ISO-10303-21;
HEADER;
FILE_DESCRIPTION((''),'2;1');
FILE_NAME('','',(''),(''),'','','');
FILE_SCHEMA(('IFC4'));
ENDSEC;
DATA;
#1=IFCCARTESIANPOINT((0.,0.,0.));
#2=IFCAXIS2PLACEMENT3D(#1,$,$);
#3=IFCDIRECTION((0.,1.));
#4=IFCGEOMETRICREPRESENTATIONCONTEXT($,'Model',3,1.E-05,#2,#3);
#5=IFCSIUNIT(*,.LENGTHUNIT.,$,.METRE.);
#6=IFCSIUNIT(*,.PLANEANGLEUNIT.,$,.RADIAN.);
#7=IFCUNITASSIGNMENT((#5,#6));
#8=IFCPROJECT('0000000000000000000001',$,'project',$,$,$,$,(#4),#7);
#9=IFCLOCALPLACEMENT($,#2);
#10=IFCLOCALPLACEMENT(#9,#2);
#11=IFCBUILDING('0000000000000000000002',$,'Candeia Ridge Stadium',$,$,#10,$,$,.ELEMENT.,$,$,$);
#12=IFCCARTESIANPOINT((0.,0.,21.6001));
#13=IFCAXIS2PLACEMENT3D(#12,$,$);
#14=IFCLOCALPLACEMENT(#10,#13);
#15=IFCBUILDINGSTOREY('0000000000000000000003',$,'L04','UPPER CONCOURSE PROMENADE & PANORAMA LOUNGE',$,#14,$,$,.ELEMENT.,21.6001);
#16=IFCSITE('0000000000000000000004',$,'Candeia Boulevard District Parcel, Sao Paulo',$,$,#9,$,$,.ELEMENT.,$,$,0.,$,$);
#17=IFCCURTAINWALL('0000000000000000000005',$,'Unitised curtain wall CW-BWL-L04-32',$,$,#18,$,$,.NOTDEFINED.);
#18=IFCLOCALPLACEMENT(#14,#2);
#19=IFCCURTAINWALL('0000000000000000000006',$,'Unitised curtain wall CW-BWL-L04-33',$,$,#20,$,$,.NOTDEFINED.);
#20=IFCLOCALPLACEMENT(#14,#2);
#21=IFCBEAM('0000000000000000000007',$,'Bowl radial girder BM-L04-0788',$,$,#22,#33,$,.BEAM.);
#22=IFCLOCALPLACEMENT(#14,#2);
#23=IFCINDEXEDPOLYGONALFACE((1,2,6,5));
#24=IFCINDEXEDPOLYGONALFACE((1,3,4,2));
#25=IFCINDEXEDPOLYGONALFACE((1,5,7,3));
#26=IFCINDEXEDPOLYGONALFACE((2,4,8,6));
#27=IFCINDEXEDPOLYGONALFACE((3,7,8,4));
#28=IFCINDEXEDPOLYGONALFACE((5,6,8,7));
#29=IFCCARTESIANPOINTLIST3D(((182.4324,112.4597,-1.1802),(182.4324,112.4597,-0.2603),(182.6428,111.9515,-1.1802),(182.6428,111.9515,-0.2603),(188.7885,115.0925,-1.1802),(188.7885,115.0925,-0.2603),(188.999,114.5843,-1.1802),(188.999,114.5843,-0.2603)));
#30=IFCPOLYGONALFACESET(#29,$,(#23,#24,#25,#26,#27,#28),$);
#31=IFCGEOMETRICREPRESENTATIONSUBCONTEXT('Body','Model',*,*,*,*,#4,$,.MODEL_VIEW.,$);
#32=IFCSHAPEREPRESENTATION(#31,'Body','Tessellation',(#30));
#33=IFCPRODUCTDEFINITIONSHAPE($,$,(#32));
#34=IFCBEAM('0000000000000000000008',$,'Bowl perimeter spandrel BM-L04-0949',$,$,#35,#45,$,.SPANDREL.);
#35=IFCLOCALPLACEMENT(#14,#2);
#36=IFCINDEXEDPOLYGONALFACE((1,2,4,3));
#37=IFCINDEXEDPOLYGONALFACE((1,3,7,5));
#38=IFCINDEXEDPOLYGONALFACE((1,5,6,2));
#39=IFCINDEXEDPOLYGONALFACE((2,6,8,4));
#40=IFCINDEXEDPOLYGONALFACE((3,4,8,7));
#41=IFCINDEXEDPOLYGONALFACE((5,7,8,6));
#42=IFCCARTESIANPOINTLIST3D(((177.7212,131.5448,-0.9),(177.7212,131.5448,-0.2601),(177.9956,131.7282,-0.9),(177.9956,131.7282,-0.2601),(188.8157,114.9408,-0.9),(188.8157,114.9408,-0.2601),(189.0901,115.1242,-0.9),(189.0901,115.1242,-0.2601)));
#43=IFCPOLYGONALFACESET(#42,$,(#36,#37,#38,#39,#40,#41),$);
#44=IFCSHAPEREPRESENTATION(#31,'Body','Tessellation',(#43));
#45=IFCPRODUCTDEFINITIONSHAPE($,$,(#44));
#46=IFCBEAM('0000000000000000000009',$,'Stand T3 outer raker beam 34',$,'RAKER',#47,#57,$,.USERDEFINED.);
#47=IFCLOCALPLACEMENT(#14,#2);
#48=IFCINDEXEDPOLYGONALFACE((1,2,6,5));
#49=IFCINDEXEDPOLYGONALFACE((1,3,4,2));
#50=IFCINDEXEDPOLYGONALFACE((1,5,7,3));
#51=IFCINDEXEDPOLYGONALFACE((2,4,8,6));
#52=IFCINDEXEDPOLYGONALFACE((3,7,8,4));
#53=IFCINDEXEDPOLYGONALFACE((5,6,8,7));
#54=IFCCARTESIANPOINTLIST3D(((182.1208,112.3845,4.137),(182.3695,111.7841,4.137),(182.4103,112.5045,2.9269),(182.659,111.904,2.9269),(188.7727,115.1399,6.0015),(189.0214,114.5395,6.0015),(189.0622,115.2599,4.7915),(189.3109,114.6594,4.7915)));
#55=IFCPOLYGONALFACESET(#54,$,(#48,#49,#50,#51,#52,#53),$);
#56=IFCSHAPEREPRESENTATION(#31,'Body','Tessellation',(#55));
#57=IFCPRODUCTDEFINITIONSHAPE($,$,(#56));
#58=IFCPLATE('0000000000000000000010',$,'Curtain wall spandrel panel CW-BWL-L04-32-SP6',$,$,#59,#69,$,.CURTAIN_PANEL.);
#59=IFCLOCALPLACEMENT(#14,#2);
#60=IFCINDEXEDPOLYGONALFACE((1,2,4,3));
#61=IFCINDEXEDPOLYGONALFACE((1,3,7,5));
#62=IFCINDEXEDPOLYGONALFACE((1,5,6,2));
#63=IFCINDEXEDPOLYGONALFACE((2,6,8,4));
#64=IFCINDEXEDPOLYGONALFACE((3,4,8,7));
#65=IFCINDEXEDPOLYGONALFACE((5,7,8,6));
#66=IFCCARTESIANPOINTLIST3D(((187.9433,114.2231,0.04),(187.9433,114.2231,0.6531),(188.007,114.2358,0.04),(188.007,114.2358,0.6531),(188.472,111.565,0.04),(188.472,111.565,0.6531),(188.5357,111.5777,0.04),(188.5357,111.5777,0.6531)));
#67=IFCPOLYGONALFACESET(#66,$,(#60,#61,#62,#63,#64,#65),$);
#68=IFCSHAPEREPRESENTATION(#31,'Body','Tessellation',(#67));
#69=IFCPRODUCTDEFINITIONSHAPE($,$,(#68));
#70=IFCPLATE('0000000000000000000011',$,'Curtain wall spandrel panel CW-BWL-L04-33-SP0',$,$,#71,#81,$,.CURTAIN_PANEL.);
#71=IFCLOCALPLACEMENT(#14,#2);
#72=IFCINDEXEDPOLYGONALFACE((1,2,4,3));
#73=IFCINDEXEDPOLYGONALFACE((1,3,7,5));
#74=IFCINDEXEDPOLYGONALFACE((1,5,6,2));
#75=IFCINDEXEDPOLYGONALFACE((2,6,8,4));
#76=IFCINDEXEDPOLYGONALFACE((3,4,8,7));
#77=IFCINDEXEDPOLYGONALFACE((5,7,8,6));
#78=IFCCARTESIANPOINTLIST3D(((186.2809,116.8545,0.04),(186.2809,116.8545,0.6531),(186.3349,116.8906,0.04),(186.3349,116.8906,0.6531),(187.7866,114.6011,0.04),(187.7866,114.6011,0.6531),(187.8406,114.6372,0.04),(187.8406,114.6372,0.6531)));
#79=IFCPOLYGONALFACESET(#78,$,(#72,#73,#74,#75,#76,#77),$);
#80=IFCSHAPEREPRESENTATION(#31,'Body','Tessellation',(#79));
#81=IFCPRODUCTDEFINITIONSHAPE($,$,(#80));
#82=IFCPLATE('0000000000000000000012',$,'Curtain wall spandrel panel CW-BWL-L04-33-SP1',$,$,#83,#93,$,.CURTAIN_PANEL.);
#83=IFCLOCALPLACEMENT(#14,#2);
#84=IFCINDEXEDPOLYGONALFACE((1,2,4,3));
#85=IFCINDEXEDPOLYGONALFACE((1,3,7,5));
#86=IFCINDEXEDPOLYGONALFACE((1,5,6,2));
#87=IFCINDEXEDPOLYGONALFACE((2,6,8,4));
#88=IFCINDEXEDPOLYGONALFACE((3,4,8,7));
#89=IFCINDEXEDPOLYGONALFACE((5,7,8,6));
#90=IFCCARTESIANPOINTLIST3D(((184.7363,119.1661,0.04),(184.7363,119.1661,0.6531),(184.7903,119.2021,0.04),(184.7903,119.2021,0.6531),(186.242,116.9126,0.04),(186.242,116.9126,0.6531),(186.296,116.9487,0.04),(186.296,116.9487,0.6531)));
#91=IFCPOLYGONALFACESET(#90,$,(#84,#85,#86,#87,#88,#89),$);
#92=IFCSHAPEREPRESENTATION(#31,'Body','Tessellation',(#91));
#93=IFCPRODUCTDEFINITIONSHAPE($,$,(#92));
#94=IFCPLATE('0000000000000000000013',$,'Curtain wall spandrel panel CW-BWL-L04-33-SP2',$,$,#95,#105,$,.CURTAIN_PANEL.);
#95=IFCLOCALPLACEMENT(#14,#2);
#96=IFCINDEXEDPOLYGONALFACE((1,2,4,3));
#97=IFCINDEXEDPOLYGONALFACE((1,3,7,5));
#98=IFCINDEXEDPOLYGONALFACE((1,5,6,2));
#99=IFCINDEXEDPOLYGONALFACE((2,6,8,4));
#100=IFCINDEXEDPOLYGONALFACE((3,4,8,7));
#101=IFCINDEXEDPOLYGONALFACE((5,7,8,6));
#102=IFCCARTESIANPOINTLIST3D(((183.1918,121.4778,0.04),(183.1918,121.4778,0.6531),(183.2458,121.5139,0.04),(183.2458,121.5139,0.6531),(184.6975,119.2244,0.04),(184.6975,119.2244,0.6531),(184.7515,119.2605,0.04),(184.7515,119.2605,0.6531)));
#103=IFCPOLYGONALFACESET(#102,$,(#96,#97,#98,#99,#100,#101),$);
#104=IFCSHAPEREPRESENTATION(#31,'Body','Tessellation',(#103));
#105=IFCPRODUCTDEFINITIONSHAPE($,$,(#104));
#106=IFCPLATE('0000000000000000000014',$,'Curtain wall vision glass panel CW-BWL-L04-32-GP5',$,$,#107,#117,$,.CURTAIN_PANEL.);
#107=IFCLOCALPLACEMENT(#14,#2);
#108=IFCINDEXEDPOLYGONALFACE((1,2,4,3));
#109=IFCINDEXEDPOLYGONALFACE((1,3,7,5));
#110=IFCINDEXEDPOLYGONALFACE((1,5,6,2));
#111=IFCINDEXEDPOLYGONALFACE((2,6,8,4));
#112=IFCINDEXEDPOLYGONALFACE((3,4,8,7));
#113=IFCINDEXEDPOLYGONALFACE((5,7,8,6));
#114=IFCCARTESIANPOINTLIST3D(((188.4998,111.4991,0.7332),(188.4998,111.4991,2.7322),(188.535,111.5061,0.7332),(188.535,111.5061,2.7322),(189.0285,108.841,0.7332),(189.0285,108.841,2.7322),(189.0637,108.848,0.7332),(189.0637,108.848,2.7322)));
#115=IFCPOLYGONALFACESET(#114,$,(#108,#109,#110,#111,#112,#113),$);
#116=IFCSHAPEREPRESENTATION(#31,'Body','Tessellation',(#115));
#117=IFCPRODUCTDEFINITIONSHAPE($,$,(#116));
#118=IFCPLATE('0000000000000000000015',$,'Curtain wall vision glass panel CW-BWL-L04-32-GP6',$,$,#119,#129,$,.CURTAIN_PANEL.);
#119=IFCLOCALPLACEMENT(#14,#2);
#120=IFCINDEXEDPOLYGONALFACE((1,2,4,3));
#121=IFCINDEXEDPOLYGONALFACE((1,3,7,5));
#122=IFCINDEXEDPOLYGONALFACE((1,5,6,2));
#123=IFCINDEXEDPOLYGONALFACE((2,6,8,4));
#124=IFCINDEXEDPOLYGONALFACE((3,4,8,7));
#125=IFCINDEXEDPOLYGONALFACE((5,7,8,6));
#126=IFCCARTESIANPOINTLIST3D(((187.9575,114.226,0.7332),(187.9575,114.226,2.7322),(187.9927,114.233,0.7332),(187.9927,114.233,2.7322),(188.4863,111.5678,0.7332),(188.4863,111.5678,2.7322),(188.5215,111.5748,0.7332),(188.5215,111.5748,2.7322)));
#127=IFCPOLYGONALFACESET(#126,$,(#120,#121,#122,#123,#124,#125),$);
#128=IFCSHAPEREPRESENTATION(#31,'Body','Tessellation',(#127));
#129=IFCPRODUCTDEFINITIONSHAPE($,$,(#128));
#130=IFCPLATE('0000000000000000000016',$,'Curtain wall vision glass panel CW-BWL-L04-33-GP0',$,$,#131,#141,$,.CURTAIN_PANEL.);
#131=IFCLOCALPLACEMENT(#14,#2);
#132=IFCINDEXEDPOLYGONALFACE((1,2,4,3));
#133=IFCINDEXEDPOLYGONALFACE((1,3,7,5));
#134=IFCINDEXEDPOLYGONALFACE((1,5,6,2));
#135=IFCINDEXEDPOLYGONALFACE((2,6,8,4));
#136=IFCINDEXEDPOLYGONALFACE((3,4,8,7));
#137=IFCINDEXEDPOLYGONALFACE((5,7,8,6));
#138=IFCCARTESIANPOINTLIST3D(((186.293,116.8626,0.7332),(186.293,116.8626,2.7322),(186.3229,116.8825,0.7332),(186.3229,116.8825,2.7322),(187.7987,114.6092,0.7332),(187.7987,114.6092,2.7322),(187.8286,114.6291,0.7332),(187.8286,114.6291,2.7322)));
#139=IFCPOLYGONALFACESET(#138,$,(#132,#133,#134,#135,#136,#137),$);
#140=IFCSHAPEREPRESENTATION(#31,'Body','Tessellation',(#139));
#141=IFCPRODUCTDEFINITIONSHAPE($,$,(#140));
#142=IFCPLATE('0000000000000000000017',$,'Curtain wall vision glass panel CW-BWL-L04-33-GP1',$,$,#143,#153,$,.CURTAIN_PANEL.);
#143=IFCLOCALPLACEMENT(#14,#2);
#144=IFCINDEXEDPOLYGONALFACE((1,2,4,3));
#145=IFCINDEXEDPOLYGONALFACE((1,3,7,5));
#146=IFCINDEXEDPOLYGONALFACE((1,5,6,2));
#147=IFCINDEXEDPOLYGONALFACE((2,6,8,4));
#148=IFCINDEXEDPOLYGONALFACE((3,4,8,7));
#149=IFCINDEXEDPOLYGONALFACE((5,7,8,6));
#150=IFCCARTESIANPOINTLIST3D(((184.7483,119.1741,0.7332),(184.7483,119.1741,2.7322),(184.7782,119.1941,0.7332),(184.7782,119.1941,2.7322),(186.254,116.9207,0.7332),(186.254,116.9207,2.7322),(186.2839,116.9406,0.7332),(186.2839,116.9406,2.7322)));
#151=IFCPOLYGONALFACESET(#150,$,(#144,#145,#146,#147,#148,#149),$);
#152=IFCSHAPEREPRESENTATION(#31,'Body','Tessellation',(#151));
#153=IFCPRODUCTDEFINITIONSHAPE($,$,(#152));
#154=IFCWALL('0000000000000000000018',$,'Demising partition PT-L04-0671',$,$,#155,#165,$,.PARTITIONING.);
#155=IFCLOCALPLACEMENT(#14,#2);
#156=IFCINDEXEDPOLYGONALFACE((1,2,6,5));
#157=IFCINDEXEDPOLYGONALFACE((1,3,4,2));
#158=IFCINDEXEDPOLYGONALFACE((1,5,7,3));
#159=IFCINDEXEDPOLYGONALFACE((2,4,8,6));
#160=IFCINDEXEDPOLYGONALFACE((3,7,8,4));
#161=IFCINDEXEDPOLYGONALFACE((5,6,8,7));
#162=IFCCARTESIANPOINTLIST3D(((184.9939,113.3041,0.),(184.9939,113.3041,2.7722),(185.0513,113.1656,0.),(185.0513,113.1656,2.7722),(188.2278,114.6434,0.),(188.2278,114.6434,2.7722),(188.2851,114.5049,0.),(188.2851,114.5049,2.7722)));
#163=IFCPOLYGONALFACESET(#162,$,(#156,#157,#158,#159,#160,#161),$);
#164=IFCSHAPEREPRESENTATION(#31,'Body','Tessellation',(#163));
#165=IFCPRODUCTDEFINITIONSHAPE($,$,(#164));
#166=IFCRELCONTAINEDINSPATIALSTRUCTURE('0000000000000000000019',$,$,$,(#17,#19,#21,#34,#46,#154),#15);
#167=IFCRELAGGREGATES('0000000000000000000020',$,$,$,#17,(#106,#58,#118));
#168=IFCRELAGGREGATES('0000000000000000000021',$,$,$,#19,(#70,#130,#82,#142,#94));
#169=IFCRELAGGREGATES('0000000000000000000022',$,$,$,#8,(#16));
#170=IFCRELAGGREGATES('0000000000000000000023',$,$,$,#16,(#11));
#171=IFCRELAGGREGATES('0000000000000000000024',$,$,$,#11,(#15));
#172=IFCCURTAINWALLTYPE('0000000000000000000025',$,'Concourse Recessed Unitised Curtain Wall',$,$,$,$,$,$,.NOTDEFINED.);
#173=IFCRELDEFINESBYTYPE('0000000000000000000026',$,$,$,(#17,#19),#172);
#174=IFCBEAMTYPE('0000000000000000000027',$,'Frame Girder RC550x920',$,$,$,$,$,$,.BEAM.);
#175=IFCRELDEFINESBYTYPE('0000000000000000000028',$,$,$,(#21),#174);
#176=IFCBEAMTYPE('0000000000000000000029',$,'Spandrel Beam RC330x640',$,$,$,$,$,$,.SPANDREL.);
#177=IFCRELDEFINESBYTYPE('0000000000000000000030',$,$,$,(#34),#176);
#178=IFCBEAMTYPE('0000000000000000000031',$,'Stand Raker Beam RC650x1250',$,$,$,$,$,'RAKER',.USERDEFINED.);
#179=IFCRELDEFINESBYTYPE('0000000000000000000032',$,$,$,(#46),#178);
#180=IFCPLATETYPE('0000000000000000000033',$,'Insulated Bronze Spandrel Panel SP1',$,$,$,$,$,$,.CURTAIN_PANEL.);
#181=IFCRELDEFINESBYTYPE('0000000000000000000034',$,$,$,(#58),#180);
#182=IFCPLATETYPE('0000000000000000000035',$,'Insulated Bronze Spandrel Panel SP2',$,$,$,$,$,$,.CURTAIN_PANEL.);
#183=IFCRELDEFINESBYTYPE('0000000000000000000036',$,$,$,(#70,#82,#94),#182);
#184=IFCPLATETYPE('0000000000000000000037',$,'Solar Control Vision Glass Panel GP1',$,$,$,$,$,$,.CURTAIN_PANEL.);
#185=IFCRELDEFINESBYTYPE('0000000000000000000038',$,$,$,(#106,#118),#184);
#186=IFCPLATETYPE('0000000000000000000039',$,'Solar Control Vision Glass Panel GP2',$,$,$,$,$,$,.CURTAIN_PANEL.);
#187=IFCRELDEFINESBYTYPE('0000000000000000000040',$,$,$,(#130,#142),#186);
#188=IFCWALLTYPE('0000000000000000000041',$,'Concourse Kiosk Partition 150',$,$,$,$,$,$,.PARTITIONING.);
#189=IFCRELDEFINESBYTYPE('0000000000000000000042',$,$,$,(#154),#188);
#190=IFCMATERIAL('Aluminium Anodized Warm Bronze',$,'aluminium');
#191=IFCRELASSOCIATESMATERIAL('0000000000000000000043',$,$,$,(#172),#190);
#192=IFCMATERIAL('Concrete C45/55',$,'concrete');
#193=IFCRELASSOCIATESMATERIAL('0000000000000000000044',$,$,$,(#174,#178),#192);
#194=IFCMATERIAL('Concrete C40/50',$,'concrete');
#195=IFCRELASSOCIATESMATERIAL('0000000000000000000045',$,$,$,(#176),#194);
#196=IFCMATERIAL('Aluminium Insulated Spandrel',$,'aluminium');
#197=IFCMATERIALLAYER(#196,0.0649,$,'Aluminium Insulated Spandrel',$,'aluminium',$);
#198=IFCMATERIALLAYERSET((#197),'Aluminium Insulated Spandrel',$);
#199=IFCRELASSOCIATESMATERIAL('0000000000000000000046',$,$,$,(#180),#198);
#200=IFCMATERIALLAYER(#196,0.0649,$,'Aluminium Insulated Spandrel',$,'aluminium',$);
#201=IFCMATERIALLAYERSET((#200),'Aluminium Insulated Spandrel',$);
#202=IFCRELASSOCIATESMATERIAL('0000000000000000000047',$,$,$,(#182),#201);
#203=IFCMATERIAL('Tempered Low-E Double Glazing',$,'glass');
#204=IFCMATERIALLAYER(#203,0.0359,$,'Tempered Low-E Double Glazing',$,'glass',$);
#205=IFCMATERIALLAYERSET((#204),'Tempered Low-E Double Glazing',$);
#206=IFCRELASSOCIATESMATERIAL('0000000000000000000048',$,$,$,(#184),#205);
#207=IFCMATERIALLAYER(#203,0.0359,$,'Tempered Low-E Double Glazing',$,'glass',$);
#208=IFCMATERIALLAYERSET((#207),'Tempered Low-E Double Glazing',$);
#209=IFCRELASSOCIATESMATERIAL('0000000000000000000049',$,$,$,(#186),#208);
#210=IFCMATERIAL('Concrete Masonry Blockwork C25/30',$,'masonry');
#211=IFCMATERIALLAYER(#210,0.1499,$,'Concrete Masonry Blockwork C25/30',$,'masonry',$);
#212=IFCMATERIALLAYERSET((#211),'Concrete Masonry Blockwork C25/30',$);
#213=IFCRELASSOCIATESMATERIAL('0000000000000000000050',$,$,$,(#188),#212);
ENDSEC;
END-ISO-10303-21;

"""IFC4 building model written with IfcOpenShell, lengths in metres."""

from ifc_helpers import new_model, si_unit, direction, frame, frame_2d, origin, origin_2d, place, context, subcontext, project, spatial, rectangle, extrude, material, layer, layer_set, material_profile, profile_set, type_object, element, aggregate, save


model = new_model("IFC4")

# Units and contexts
model_context = context("Model", 3, precision=1e-05, world=origin(), true_north=direction((0.0, 1.0)))
body_context = subcontext(model_context, "Body", "Model", "MODEL_VIEW")
ifc_project = project(units=[si_unit("LENGTHUNIT", "METRE"), si_unit("PLANEANGLEUNIT", "RADIAN")], contexts=[model_context])

# Site, building, storey
site_placement = place(None, origin())
site = spatial("IfcSite", under=ifc_project, at=site_placement, Name="Candeia Boulevard District Parcel, Sao Paulo", CompositionType="ELEMENT", RefElevation=0.0)
building_placement = place(site_placement, origin())
building = spatial("IfcBuilding", under=site, at=building_placement, Name="Candeia Ridge Stadium", CompositionType="ELEMENT")
storey_placement = place(building_placement, frame((0.0, 0.0, 21.6001)))
storey = spatial("IfcBuildingStorey", under=building, at=storey_placement, Name="L04", Description="UPPER CONCOURSE PROMENADE & PANORAMA LOUNGE", CompositionType="ELEMENT", Elevation=21.6001)

# Shared definitions
ifc_material_1 = material(Name="Concrete C45/55", Category="concrete")

# Curtain walls
ifc_material_2 = material(Name="Aluminium Anodized Warm Bronze", Category="aluminium")
curtain_wall_type = type_object("IfcCurtainWallType", Name="Concourse Recessed Unitised Curtain Wall", PredefinedType="NOTDEFINED", material=ifc_material_2)
curtain_wall_1_placement = place(storey_placement, origin())
curtain_wall_1 = element("IfcCurtainWall", 1, at=curtain_wall_1_placement, inside=storey, type_object=curtain_wall_type, Name="Unitised curtain wall CW-BWL-L04-32", PredefinedType="NOTDEFINED")
curtain_wall_2_placement = place(storey_placement, origin())
curtain_wall_2 = element("IfcCurtainWall", 2, at=curtain_wall_2_placement, inside=storey, type_object=curtain_wall_type, Name="Unitised curtain wall CW-BWL-L04-33", PredefinedType="NOTDEFINED")

# Beams
ifc_material_3 = material(Name="Concrete C40/50", Category="concrete")
ifc_material_profile_1 = material_profile(ifc_material_1, rectangle(XDim=0.55, YDim=0.9199, at=origin_2d()), Name="RC550x920", Category="concrete")
ifc_profile_set_1 = profile_set([ifc_material_profile_1], Name="Concrete C45/55")
beam_type_1 = type_object("IfcBeamType", Name="Frame Girder RC550x920", PredefinedType="BEAM", material=ifc_profile_set_1)
beam_1_placement = place(storey_placement, frame((182.5376, 112.2056, -0.7202), z_axis=(0.92388, 0.382682, 0.0), x_axis=(-0.382682, 0.92388, 0.0)))
element("IfcBeam", 3, at=beam_1_placement, inside=storey, type_object=beam_type_1, Name="Bowl radial girder BM-L04-0788", PredefinedType="BEAM", context=body_context, shape_type="SweptSolid", body=[
    extrude(rectangle(XDim=0.55, YDim=0.9199, at=origin_2d()), origin(), (0.0, 0.0, 1.0), 6.8799),
])
ifc_material_profile_2 = material_profile(ifc_material_3, rectangle(XDim=0.3301, YDim=0.6399, at=origin_2d()), Name="RC330x640", Category="concrete")
ifc_profile_set_2 = profile_set([ifc_material_profile_2], Name="Concrete C40/50")
beam_type_2 = type_object("IfcBeamType", Name="Spandrel Beam RC330x640", PredefinedType="SPANDREL", material=ifc_profile_set_2)
beam_2_placement = place(storey_placement, frame((188.9529, 115.0325, -0.5801), z_axis=(-0.555572, 0.831469, 0.0), x_axis=(-0.831469, -0.555572, 0.0)))
element("IfcBeam", 4, at=beam_2_placement, inside=storey, type_object=beam_type_2, Name="Bowl perimeter spandrel BM-L04-0949", PredefinedType="SPANDREL", context=body_context, shape_type="SweptSolid", body=[
    extrude(rectangle(XDim=0.3301, YDim=0.6399, at=origin_2d()), origin(), (0.0, 0.0, 1.0), 19.9695),
])
ifc_material_profile_3 = material_profile(ifc_material_1, rectangle(XDim=0.6499, YDim=1.25, at=origin_2d()), Name="RC650x1250", Category="concrete")
ifc_profile_set_3 = profile_set([ifc_material_profile_3], Name="Concrete C45/55")
beam_type_3 = type_object("IfcBeamType", Name="Stand Raker Beam RC650x1250", ElementType="RAKER", PredefinedType="USERDEFINED", material=ifc_profile_set_3)
beam_3_placement = place(storey_placement, frame((182.3899, 112.1443, 3.532), z_axis=(0.894373, 0.370473, 0.250691), x_axis=(-0.382693, 0.923875, 0.0)))
element("IfcBeam", 5, at=beam_3_placement, inside=storey, type_object=beam_type_3, Name="Stand T3 outer raker beam 34", ObjectType="RAKER", PredefinedType="USERDEFINED", context=body_context, shape_type="SweptSolid", body=[
    extrude(rectangle(XDim=0.6499, YDim=1.25, at=origin_2d()), origin(), (0.0, 0.0, 1.0), 7.4375),
])

# Plates
ifc_material_4 = material(Name="Aluminium Insulated Spandrel", Category="aluminium")
ifc_layer_1 = layer(ifc_material_4, 0.0649, Name="Aluminium Insulated Spandrel", Category="aluminium")
ifc_layer_set_1 = layer_set([ifc_layer_1], Name="Aluminium Insulated Spandrel")
plate_type_1 = type_object("IfcPlateType", Name="Insulated Bronze Spandrel Panel SP1", PredefinedType="CURTAIN_PANEL", material=ifc_layer_set_1)
plate_1_placement = place(storey_placement, frame((188.2395, 112.9004, 0.04), z_axis=(0.0, 0.0, 1.0), x_axis=(-0.19509, 0.980785, 0.0)))
plate_1 = element("IfcPlate", 6, at=plate_1_placement, type_object=plate_type_1, Name="Curtain wall spandrel panel CW-BWL-L04-32-SP6", PredefinedType="CURTAIN_PANEL", context=body_context, shape_type="SweptSolid", body=[
    extrude(rectangle(XDim=2.7102, YDim=0.0649, at=origin_2d()), origin(), (0.0, 0.0, 1.0), 0.613),
])
ifc_layer_2 = layer(ifc_material_4, 0.0649, Name="Aluminium Insulated Spandrel", Category="aluminium")
ifc_layer_set_2 = layer_set([ifc_layer_2], Name="Aluminium Insulated Spandrel")
plate_type_2 = type_object("IfcPlateType", Name="Insulated Bronze Spandrel Panel SP2", PredefinedType="CURTAIN_PANEL", material=ifc_layer_set_2)
plate_2_placement = place(storey_placement, frame((187.0608, 115.7458, 0.04), z_axis=(0.0, 0.0, 1.0), x_axis=(-0.555571, 0.831469, 0.0)))
plate_2 = element("IfcPlate", 7, at=plate_2_placement, type_object=plate_type_2, Name="Curtain wall spandrel panel CW-BWL-L04-33-SP0", PredefinedType="CURTAIN_PANEL", context=body_context, shape_type="SweptSolid", body=[
    extrude(rectangle(XDim=2.7102, YDim=0.0649, at=origin_2d()), origin(), (0.0, 0.0, 1.0), 0.613),
])
plate_3_placement = place(storey_placement, frame((185.5161, 118.0574, 0.04), z_axis=(0.0, 0.0, 1.0), x_axis=(-0.555571, 0.831469, 0.0)))
plate_3 = element("IfcPlate", 8, at=plate_3_placement, type_object=plate_type_2, Name="Curtain wall spandrel panel CW-BWL-L04-33-SP1", PredefinedType="CURTAIN_PANEL", context=body_context, shape_type="SweptSolid", body=[
    extrude(rectangle(XDim=2.7102, YDim=0.0649, at=origin_2d()), origin(), (0.0, 0.0, 1.0), 0.613),
])
plate_4_placement = place(storey_placement, frame((183.9717, 120.3691, 0.04), z_axis=(0.0, 0.0, 1.0), x_axis=(-0.555571, 0.831469, 0.0)))
plate_4 = element("IfcPlate", 9, at=plate_4_placement, type_object=plate_type_2, Name="Curtain wall spandrel panel CW-BWL-L04-33-SP2", PredefinedType="CURTAIN_PANEL", context=body_context, shape_type="SweptSolid", body=[
    extrude(rectangle(XDim=2.7102, YDim=0.0649, at=origin_2d()), origin(), (0.0, 0.0, 1.0), 0.613),
])
ifc_material_5 = material(Name="Tempered Low-E Double Glazing", Category="glass")
ifc_layer_3 = layer(ifc_material_5, 0.0359, Name="Tempered Low-E Double Glazing", Category="glass")
ifc_layer_set_3 = layer_set([ifc_layer_3], Name="Tempered Low-E Double Glazing")
plate_type_3 = type_object("IfcPlateType", Name="Solar Control Vision Glass Panel GP1", PredefinedType="CURTAIN_PANEL", material=ifc_layer_set_3)
plate_5_placement = place(storey_placement, frame((188.7817, 110.1736, 0.7332), z_axis=(0.0, 0.0, 1.0), x_axis=(-0.19509, 0.980785, 0.0)))
plate_5 = element("IfcPlate", 10, at=plate_5_placement, type_object=plate_type_3, Name="Curtain wall vision glass panel CW-BWL-L04-32-GP5", PredefinedType="CURTAIN_PANEL", context=body_context, shape_type="SweptSolid", body=[
    extrude(rectangle(XDim=2.7102, YDim=0.0359, at=origin_2d()), origin(), (0.0, 0.0, 1.0), 1.999),
])
plate_6_placement = place(storey_placement, frame((188.2395, 112.9004, 0.7332), z_axis=(0.0, 0.0, 1.0), x_axis=(-0.19509, 0.980785, 0.0)))
plate_6 = element("IfcPlate", 11, at=plate_6_placement, type_object=plate_type_3, Name="Curtain wall vision glass panel CW-BWL-L04-32-GP6", PredefinedType="CURTAIN_PANEL", context=body_context, shape_type="SweptSolid", body=[
    extrude(rectangle(XDim=2.7102, YDim=0.0359, at=origin_2d()), origin(), (0.0, 0.0, 1.0), 1.999),
])
aggregate(curtain_wall_1, [plate_5, plate_1, plate_6])
ifc_layer_4 = layer(ifc_material_5, 0.0359, Name="Tempered Low-E Double Glazing", Category="glass")
ifc_layer_set_4 = layer_set([ifc_layer_4], Name="Tempered Low-E Double Glazing")
plate_type_4 = type_object("IfcPlateType", Name="Solar Control Vision Glass Panel GP2", PredefinedType="CURTAIN_PANEL", material=ifc_layer_set_4)
plate_7_placement = place(storey_placement, frame((187.0608, 115.7458, 0.7332), z_axis=(0.0, 0.0, 1.0), x_axis=(-0.555571, 0.831469, 0.0)))
plate_7 = element("IfcPlate", 12, at=plate_7_placement, type_object=plate_type_4, Name="Curtain wall vision glass panel CW-BWL-L04-33-GP0", PredefinedType="CURTAIN_PANEL", context=body_context, shape_type="SweptSolid", body=[
    extrude(rectangle(XDim=2.7102, YDim=0.0359, at=origin_2d()), origin(), (0.0, 0.0, 1.0), 1.999),
])
plate_8_placement = place(storey_placement, frame((185.5161, 118.0574, 0.7332), z_axis=(0.0, 0.0, 1.0), x_axis=(-0.555571, 0.831469, 0.0)))
plate_8 = element("IfcPlate", 13, at=plate_8_placement, type_object=plate_type_4, Name="Curtain wall vision glass panel CW-BWL-L04-33-GP1", PredefinedType="CURTAIN_PANEL", context=body_context, shape_type="SweptSolid", body=[
    extrude(rectangle(XDim=2.7102, YDim=0.0359, at=origin_2d()), origin(), (0.0, 0.0, 1.0), 1.999),
])
aggregate(curtain_wall_2, [plate_2, plate_7, plate_3, plate_8, plate_4])

# Wall
ifc_material_6 = material(Name="Concrete Masonry Blockwork C25/30", Category="masonry")
ifc_layer_5 = layer(ifc_material_6, 0.1499, Name="Concrete Masonry Blockwork C25/30", Category="masonry")
ifc_layer_set_5 = layer_set([ifc_layer_5], Name="Concrete Masonry Blockwork C25/30")
wall_type_1 = type_object("IfcWallType", Name="Concourse Kiosk Partition 150", PredefinedType="PARTITIONING", material=ifc_layer_set_5)
wall_1_placement = place(storey_placement, frame((185.0227, 113.2349, 0.0), z_axis=(0.0, 0.0, 1.0), x_axis=(0.923896, 0.382643, 0.0)))
element("IfcWall", 14, at=wall_1_placement, inside=storey, type_object=wall_type_1, Name="Demising partition PT-L04-0671", PredefinedType="PARTITIONING", context=body_context, shape_type="SweptSolid", body=[
    extrude(rectangle(XDim=3.5002, YDim=0.1499, at=frame_2d((1.75, 0.0))), origin(), (0.0, 0.0, 1.0), 2.7722),
])

save(model, "model.ifc")
